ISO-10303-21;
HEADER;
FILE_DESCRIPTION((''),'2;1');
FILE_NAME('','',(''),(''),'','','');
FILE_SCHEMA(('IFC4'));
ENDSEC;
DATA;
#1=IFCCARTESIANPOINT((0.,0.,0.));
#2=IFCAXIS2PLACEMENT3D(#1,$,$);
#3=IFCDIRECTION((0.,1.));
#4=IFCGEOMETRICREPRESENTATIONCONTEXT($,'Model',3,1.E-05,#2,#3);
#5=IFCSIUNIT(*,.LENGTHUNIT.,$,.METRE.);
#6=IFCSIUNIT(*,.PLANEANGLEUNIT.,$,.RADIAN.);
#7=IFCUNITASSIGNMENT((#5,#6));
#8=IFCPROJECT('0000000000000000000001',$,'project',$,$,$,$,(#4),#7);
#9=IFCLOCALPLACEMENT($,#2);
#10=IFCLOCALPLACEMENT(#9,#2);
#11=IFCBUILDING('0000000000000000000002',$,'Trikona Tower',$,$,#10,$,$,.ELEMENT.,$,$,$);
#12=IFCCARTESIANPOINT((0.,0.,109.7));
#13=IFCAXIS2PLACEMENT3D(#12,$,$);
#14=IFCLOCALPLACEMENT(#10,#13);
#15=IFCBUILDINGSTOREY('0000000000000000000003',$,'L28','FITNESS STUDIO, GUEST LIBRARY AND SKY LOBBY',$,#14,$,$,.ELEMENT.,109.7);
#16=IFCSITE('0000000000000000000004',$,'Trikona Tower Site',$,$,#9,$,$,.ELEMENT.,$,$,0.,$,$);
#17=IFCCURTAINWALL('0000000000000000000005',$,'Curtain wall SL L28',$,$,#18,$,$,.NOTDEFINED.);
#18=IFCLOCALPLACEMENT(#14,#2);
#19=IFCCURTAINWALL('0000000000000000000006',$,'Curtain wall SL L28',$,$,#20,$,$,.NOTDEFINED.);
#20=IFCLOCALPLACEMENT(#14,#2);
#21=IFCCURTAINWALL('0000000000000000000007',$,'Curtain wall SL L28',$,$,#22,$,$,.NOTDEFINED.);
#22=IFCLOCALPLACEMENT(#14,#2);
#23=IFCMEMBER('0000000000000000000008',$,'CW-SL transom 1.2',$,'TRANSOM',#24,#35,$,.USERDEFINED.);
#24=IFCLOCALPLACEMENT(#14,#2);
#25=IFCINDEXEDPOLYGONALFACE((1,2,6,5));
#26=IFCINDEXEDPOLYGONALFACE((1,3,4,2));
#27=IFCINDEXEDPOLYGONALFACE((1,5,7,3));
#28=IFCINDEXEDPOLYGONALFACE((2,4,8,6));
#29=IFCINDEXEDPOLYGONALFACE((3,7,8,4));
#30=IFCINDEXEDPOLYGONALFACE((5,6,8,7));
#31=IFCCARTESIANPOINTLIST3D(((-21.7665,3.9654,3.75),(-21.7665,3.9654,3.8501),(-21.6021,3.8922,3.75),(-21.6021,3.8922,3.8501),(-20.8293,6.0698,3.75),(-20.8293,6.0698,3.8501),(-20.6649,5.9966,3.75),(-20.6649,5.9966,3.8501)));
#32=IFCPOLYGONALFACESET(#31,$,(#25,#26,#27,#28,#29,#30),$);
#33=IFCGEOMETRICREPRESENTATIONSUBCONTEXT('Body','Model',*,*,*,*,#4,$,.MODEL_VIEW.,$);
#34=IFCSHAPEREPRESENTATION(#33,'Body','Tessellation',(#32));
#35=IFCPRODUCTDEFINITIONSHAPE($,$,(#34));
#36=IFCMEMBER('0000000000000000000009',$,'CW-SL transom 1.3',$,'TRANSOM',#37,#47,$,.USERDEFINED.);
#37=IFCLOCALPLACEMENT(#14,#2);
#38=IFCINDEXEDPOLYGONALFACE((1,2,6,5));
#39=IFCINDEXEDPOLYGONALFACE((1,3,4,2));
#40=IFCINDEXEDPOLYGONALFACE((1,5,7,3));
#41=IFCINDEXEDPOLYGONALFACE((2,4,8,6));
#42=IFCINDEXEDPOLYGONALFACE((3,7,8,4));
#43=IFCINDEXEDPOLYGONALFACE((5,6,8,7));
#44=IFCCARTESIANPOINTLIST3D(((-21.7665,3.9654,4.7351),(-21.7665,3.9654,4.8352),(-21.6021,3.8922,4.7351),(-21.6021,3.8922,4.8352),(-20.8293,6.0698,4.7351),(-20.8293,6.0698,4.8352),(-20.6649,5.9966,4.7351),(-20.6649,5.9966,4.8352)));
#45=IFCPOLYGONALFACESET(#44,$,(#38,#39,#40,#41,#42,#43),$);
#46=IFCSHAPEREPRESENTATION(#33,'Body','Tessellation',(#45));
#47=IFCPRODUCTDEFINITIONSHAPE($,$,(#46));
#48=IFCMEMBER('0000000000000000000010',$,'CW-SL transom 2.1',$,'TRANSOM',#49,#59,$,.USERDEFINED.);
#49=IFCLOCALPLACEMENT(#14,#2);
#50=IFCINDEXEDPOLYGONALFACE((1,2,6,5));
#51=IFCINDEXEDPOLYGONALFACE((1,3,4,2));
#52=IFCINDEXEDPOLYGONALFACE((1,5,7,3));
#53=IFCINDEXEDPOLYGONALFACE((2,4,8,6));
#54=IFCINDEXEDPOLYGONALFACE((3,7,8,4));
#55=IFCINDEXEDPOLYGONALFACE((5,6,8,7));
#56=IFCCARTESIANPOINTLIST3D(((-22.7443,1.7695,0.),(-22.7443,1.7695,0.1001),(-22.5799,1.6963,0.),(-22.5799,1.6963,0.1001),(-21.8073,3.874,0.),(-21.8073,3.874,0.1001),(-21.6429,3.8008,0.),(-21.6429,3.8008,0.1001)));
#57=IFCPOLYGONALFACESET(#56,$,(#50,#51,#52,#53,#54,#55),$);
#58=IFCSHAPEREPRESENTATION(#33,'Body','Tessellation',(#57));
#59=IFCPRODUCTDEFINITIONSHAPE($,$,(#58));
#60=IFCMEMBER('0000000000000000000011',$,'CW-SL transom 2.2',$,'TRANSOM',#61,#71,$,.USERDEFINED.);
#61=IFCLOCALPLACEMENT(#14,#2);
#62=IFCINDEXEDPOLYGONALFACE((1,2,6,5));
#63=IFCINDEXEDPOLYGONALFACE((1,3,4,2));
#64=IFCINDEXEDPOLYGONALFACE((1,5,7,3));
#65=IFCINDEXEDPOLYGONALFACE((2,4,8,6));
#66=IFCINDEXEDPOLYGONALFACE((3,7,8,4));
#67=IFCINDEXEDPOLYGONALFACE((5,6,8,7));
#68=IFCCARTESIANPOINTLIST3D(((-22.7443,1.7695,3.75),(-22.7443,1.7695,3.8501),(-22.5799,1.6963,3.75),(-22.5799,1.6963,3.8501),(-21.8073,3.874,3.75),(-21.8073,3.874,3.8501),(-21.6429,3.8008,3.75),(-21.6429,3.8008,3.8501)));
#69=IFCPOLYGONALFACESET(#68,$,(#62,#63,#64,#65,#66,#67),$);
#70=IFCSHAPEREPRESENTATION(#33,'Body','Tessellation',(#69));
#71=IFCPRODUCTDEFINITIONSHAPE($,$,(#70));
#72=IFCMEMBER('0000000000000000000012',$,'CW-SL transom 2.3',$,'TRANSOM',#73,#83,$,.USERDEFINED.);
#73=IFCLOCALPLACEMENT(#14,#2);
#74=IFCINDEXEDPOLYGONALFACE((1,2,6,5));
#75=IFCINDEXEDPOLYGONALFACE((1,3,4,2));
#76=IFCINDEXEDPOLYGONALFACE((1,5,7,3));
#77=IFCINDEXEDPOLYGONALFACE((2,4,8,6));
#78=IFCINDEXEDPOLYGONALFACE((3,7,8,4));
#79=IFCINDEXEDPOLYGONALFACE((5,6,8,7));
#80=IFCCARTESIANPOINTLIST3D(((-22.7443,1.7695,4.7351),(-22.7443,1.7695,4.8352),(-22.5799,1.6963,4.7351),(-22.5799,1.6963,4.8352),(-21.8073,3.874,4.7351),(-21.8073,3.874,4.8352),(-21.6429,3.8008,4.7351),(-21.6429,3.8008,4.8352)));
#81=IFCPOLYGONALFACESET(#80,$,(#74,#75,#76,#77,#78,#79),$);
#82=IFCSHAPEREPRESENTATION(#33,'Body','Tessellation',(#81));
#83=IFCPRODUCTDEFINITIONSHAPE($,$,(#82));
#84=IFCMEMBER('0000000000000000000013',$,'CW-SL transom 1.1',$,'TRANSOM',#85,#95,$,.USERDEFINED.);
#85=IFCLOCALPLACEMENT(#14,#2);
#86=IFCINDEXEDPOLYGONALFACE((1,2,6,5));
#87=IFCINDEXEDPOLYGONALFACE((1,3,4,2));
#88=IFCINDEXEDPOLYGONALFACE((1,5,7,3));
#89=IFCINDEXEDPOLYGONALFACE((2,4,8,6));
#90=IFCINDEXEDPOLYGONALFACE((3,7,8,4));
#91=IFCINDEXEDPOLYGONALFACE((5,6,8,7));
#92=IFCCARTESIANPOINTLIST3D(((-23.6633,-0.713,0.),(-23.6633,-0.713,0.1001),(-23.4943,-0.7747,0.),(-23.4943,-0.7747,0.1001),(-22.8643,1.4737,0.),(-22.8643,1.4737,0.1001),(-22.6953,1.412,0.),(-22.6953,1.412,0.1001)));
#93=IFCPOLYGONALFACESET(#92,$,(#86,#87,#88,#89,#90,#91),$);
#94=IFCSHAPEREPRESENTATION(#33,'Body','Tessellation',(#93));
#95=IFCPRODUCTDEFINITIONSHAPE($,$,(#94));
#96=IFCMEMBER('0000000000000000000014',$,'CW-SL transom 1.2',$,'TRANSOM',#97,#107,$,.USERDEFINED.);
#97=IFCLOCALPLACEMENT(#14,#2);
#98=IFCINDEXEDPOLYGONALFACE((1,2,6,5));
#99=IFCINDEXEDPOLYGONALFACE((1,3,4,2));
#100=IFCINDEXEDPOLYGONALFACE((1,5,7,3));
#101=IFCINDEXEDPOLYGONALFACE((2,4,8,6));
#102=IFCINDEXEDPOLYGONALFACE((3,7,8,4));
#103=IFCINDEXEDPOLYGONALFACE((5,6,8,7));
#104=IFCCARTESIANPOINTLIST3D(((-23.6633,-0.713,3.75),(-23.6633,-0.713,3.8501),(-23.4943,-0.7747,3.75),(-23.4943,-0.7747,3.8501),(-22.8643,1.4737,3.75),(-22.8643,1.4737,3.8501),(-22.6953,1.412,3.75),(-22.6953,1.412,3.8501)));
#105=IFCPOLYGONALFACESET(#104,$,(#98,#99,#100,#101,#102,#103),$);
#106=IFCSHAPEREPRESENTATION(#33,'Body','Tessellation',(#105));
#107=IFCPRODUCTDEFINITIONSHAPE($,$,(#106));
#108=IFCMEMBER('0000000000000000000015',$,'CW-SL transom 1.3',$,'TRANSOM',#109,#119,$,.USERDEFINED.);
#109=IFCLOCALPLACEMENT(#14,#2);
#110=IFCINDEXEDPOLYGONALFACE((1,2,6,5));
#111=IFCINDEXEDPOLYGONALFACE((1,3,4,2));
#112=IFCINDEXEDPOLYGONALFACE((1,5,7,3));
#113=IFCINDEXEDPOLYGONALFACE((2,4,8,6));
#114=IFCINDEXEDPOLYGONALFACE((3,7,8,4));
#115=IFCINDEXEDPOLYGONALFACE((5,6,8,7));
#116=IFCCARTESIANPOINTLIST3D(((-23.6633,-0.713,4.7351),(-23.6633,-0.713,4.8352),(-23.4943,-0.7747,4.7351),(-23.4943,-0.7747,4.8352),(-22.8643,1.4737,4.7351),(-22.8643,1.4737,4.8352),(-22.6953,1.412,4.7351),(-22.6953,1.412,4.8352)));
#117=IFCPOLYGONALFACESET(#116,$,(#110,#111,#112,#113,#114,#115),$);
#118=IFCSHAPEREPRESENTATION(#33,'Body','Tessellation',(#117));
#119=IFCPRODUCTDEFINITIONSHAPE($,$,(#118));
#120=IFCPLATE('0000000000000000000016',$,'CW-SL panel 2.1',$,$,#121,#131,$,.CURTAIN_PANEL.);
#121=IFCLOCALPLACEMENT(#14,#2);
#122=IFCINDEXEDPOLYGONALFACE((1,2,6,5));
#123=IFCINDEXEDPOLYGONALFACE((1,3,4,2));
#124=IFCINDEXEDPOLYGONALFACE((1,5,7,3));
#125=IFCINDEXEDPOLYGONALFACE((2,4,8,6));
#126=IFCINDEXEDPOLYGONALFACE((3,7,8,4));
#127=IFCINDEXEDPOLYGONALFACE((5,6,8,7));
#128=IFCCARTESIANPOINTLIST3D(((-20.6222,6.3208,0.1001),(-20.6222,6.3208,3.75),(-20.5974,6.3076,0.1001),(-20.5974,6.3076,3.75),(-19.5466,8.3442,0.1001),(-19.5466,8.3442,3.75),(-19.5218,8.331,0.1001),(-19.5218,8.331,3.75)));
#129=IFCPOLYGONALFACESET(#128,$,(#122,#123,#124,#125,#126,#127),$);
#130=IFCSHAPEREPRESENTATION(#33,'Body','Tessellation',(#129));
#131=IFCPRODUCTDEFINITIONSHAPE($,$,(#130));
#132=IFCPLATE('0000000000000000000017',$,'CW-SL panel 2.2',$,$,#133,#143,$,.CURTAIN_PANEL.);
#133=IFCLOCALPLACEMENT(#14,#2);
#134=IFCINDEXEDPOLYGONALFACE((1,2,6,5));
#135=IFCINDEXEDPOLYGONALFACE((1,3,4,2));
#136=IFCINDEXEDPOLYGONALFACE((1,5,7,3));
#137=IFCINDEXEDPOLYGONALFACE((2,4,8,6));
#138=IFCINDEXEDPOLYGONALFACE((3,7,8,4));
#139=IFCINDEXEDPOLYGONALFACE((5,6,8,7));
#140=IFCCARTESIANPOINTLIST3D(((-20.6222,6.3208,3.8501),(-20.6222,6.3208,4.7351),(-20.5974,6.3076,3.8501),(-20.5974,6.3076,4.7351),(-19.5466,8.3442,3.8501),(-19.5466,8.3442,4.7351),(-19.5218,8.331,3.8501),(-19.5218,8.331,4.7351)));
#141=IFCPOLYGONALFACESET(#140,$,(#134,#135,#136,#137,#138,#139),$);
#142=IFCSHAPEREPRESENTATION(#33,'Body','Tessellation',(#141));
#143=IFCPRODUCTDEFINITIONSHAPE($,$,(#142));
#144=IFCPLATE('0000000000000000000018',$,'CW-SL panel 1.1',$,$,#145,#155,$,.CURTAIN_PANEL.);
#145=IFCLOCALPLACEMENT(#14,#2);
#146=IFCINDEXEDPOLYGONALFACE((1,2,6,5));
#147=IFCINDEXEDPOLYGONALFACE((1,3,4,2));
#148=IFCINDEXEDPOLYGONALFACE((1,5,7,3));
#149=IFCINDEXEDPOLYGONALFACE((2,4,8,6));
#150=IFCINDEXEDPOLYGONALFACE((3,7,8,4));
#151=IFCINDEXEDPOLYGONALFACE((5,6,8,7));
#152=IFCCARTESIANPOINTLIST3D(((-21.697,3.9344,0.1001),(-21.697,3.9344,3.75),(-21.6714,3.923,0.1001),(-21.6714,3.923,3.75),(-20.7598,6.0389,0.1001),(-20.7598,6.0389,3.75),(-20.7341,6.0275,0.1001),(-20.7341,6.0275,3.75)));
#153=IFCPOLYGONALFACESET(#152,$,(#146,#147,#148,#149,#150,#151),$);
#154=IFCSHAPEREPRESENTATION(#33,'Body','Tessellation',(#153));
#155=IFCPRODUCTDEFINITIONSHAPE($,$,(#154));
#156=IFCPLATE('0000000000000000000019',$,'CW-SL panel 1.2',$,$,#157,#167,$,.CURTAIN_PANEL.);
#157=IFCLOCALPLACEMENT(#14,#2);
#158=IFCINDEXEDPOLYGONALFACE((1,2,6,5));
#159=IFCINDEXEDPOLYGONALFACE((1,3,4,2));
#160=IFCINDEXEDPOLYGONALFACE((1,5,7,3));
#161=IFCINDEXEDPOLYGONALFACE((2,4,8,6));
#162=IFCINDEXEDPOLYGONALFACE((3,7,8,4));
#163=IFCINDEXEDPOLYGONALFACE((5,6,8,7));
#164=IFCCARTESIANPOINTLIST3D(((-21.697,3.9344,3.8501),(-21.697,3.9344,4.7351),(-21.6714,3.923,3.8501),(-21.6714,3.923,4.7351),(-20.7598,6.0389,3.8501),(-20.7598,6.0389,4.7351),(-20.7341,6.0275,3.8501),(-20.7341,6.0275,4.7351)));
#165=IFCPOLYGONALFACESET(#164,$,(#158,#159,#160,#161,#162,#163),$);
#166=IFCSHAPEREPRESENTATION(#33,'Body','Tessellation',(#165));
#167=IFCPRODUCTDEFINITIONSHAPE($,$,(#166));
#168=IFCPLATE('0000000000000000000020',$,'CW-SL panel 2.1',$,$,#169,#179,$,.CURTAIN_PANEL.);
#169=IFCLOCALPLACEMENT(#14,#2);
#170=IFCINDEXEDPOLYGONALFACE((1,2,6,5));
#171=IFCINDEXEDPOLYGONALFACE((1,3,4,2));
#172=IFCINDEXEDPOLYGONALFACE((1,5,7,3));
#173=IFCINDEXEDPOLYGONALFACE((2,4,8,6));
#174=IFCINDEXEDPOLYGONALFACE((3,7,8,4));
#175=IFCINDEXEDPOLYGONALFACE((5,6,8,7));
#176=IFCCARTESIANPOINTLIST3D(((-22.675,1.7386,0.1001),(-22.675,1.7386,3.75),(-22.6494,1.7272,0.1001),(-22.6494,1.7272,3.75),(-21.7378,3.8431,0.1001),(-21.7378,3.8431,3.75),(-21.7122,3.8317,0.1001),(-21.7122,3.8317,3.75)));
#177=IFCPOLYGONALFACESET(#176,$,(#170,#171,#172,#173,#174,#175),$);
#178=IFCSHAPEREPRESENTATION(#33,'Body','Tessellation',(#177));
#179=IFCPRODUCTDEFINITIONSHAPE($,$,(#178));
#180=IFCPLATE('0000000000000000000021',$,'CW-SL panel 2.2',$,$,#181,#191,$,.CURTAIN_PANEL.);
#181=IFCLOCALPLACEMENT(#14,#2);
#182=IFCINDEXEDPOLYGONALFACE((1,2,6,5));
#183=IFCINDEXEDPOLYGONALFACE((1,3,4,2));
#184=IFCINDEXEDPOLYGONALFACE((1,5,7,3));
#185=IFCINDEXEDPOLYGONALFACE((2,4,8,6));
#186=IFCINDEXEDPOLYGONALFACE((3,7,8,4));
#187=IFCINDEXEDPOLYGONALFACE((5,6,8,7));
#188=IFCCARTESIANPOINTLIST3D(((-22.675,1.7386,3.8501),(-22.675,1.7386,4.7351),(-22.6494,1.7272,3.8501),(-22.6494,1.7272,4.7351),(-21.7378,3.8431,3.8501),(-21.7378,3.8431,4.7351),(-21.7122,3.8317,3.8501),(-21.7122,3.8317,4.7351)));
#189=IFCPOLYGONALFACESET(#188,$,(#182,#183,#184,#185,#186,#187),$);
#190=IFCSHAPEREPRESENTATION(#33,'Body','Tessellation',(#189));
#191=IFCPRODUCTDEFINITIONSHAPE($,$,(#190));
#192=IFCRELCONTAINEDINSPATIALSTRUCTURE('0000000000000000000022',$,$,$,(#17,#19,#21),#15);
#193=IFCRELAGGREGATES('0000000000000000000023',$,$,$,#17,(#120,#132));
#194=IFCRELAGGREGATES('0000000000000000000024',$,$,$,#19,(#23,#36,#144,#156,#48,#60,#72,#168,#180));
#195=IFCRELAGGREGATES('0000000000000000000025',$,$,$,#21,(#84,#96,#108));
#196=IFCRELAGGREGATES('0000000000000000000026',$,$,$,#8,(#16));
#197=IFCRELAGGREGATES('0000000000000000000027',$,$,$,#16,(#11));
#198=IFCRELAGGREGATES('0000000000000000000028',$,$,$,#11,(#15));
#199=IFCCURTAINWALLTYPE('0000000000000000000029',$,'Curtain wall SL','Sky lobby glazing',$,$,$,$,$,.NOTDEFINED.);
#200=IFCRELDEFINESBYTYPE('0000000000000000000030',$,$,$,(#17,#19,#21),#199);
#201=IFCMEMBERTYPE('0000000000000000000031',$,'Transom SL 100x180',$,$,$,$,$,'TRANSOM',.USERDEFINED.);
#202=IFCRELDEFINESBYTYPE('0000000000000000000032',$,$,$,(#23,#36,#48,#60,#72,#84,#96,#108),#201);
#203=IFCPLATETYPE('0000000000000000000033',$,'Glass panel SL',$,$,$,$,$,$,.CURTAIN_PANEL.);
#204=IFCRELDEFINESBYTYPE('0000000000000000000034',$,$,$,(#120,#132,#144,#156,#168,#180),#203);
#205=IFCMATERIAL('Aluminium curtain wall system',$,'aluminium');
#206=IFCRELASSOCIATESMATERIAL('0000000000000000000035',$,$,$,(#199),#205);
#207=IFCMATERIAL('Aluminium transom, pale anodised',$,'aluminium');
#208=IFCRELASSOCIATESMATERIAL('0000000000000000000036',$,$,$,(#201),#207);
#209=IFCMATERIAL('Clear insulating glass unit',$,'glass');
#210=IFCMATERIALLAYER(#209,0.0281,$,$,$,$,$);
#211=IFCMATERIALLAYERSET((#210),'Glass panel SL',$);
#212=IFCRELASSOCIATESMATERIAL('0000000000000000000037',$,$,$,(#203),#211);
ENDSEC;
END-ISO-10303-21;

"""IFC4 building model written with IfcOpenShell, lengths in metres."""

from ifc_helpers import new_model, si_unit, direction, frame, origin, origin_2d, place, context, subcontext, project, spatial, rectangle, extrude, material, layer, layer_set, material_profile, profile_set, type_object, element, aggregate, save


model = new_model("IFC4")

# Units and contexts
model_context = context("Model", 3, precision=1e-05, world=origin(), true_north=direction((0.0, 1.0)))
body_context = subcontext(model_context, "Body", "Model", "MODEL_VIEW")
ifc_project = project(units=[si_unit("LENGTHUNIT", "METRE"), si_unit("PLANEANGLEUNIT", "RADIAN")], contexts=[model_context])

# Site, building, storey
site_placement = place(None, origin())
site = spatial("IfcSite", under=ifc_project, at=site_placement, Name="Trikona Tower Site", CompositionType="ELEMENT", RefElevation=0.0)
building_placement = place(site_placement, origin())
building = spatial("IfcBuilding", under=site, at=building_placement, Name="Trikona Tower", CompositionType="ELEMENT")
storey_placement = place(building_placement, frame((0.0, 0.0, 109.7)))
storey = spatial("IfcBuildingStorey", under=building, at=storey_placement, Name="L28", Description="FITNESS STUDIO, GUEST LIBRARY AND SKY LOBBY", CompositionType="ELEMENT", Elevation=109.7)

# Curtain walls
ifc_material_1 = material(Name="Aluminium curtain wall system", Category="aluminium")
curtain_wall_type = type_object("IfcCurtainWallType", Name="Curtain wall SL", Description="Sky lobby glazing", PredefinedType="NOTDEFINED", material=ifc_material_1)
curtain_wall_1_placement = place(storey_placement, origin())
curtain_wall_1 = element("IfcCurtainWall", 1, at=curtain_wall_1_placement, inside=storey, type_object=curtain_wall_type, Name="Curtain wall SL L28", PredefinedType="NOTDEFINED")
curtain_wall_2_placement = place(storey_placement, origin())
curtain_wall_2 = element("IfcCurtainWall", 2, at=curtain_wall_2_placement, inside=storey, type_object=curtain_wall_type, Name="Curtain wall SL L28", PredefinedType="NOTDEFINED")

# Curtain wall
curtain_wall_3_placement = place(storey_placement, origin())
curtain_wall_3 = element("IfcCurtainWall", 3, at=curtain_wall_3_placement, inside=storey, type_object=curtain_wall_type, Name="Curtain wall SL L28", PredefinedType="NOTDEFINED")

# Members
ifc_material_2 = material(Name="Aluminium transom, pale anodised", Category="aluminium")
ifc_material_profile_1 = material_profile(ifc_material_2, rectangle(XDim=0.1799, YDim=0.1001, at=origin_2d()), Name="TRN-SL")
ifc_profile_set_1 = profile_set([ifc_material_profile_1], Name="Aluminium transom, pale anodised")
member_type_1 = type_object("IfcMemberType", Name="Transom SL 100x180", ElementType="TRANSOM", PredefinedType="USERDEFINED", material=ifc_profile_set_1)
member_1_placement = place(storey_placement, frame((-20.7471, 6.0332, 3.8), z_axis=(-0.406836, -0.913501, 0.0), x_axis=(0.913501, -0.406836, 0.0)))
member_1 = element("IfcMember", 4, at=member_1_placement, type_object=member_type_1, Name="CW-SL transom 1.2", ObjectType="TRANSOM", PredefinedType="USERDEFINED", context=body_context, shape_type="SweptSolid", body=[
    extrude(rectangle(XDim=0.1799, YDim=0.1001, at=origin_2d()), origin(), (0.0, 0.0, 1.0), 2.3037),
])
member_2_placement = place(storey_placement, frame((-20.7471, 6.0332, 4.7852), z_axis=(-0.406836, -0.913501, 0.0), x_axis=(0.913501, -0.406836, 0.0)))
member_2 = element("IfcMember", 5, at=member_2_placement, type_object=member_type_1, Name="CW-SL transom 1.3", ObjectType="TRANSOM", PredefinedType="USERDEFINED", context=body_context, shape_type="SweptSolid", body=[
    extrude(rectangle(XDim=0.1799, YDim=0.1001, at=origin_2d()), origin(), (0.0, 0.0, 1.0), 2.3037),
])
member_3_placement = place(storey_placement, frame((-21.7251, 3.8374, 0.05), z_axis=(-0.406748, -0.91354, 0.0), x_axis=(0.91354, -0.406748, 0.0)))
member_3 = element("IfcMember", 6, at=member_3_placement, type_object=member_type_1, Name="CW-SL transom 2.1", ObjectType="TRANSOM", PredefinedType="USERDEFINED", context=body_context, shape_type="SweptSolid", body=[
    extrude(rectangle(XDim=0.1799, YDim=0.1001, at=origin_2d()), origin(), (0.0, 0.0, 1.0), 2.3037),
])
member_4_placement = place(storey_placement, frame((-21.7251, 3.8374, 3.8), z_axis=(-0.406748, -0.91354, 0.0), x_axis=(0.91354, -0.406748, 0.0)))
member_4 = element("IfcMember", 7, at=member_4_placement, type_object=member_type_1, Name="CW-SL transom 2.2", ObjectType="TRANSOM", PredefinedType="USERDEFINED", context=body_context, shape_type="SweptSolid", body=[
    extrude(rectangle(XDim=0.1799, YDim=0.1001, at=origin_2d()), origin(), (0.0, 0.0, 1.0), 2.3037),
])
member_5_placement = place(storey_placement, frame((-21.7251, 3.8374, 4.7852), z_axis=(-0.406748, -0.91354, 0.0), x_axis=(0.91354, -0.406748, 0.0)))
member_5 = element("IfcMember", 8, at=member_5_placement, type_object=member_type_1, Name="CW-SL transom 2.3", ObjectType="TRANSOM", PredefinedType="USERDEFINED", context=body_context, shape_type="SweptSolid", body=[
    extrude(rectangle(XDim=0.1799, YDim=0.1001, at=origin_2d()), origin(), (0.0, 0.0, 1.0), 2.3037),
])
member_6_placement = place(storey_placement, frame((-22.7798, 1.4429, 0.05), z_axis=(-0.343216, -0.939256, 0.0), x_axis=(0.939256, -0.343216, 0.0)))
member_6 = element("IfcMember", 9, at=member_6_placement, type_object=member_type_1, Name="CW-SL transom 1.1", ObjectType="TRANSOM", PredefinedType="USERDEFINED", context=body_context, shape_type="SweptSolid", body=[
    extrude(rectangle(XDim=0.1799, YDim=0.1001, at=origin_2d()), origin(), (0.0, 0.0, 1.0), 2.3281),
])
member_7_placement = place(storey_placement, frame((-22.7798, 1.4429, 3.8), z_axis=(-0.343216, -0.939256, 0.0), x_axis=(0.939256, -0.343216, 0.0)))
member_7 = element("IfcMember", 10, at=member_7_placement, type_object=member_type_1, Name="CW-SL transom 1.2", ObjectType="TRANSOM", PredefinedType="USERDEFINED", context=body_context, shape_type="SweptSolid", body=[
    extrude(rectangle(XDim=0.1799, YDim=0.1001, at=origin_2d()), origin(), (0.0, 0.0, 1.0), 2.3281),
])
member_8_placement = place(storey_placement, frame((-22.7798, 1.4429, 4.7852), z_axis=(-0.343216, -0.939256, 0.0), x_axis=(0.939256, -0.343216, 0.0)))
member_8 = element("IfcMember", 11, at=member_8_placement, type_object=member_type_1, Name="CW-SL transom 1.3", ObjectType="TRANSOM", PredefinedType="USERDEFINED", context=body_context, shape_type="SweptSolid", body=[
    extrude(rectangle(XDim=0.1799, YDim=0.1001, at=origin_2d()), origin(), (0.0, 0.0, 1.0), 2.3281),
])

# Plates
ifc_material_3 = material(Name="Clear insulating glass unit", Category="glass")
ifc_layer_1 = layer(ifc_material_3, 0.0281)
ifc_layer_set_1 = layer_set([ifc_layer_1], Name="Glass panel SL")
plate_type = type_object("IfcPlateType", Name="Glass panel SL", PredefinedType="CURTAIN_PANEL", material=ifc_layer_set_1)
plate_1_placement = place(storey_placement, frame((-20.072, 7.3259, 0.1001), z_axis=(0.0, 0.0, 1.0), x_axis=(-0.46938, -0.882996, 0.0)))
plate_1 = element("IfcPlate", 12, at=plate_1_placement, type_object=plate_type, Name="CW-SL panel 2.1", PredefinedType="CURTAIN_PANEL", context=body_context, shape_type="SweptSolid", body=[
    extrude(rectangle(XDim=2.2915, YDim=0.0281, at=origin_2d()), origin(), (0.0, 0.0, 1.0), 3.6499),
])
plate_2_placement = place(storey_placement, frame((-20.072, 7.3259, 3.8501), z_axis=(0.0, 0.0, 1.0), x_axis=(-0.46938, -0.882996, 0.0)))
plate_2 = element("IfcPlate", 13, at=plate_2_placement, type_object=plate_type, Name="CW-SL panel 2.2", PredefinedType="CURTAIN_PANEL", context=body_context, shape_type="SweptSolid", body=[
    extrude(rectangle(XDim=2.2915, YDim=0.0281, at=origin_2d()), origin(), (0.0, 0.0, 1.0), 0.885),
])
aggregate(curtain_wall_1, [plate_1, plate_2])
plate_3_placement = place(storey_placement, frame((-21.2156, 4.981, 0.1001), z_axis=(0.0, 0.0, 1.0), x_axis=(-0.406828, -0.913505, 0.0)))
plate_3 = element("IfcPlate", 14, at=plate_3_placement, type_object=plate_type, Name="CW-SL panel 1.1", PredefinedType="CURTAIN_PANEL", context=body_context, shape_type="SweptSolid", body=[
    extrude(rectangle(XDim=2.3037, YDim=0.0281, at=origin_2d()), origin(), (0.0, 0.0, 1.0), 3.6499),
])
plate_4_placement = place(storey_placement, frame((-21.2156, 4.981, 3.8501), z_axis=(0.0, 0.0, 1.0), x_axis=(-0.406828, -0.913505, 0.0)))
plate_4 = element("IfcPlate", 15, at=plate_4_placement, type_object=plate_type, Name="CW-SL panel 1.2", PredefinedType="CURTAIN_PANEL", context=body_context, shape_type="SweptSolid", body=[
    extrude(rectangle(XDim=2.3037, YDim=0.0281, at=origin_2d()), origin(), (0.0, 0.0, 1.0), 0.885),
])
plate_5_placement = place(storey_placement, frame((-22.1936, 2.7852, 0.1001), z_axis=(0.0, 0.0, 1.0), x_axis=(-0.406828, -0.913505, 0.0)))
plate_5 = element("IfcPlate", 16, at=plate_5_placement, type_object=plate_type, Name="CW-SL panel 2.1", PredefinedType="CURTAIN_PANEL", context=body_context, shape_type="SweptSolid", body=[
    extrude(rectangle(XDim=2.3037, YDim=0.0281, at=origin_2d()), origin(), (0.0, 0.0, 1.0), 3.6499),
])
plate_6_placement = place(storey_placement, frame((-22.1936, 2.7852, 3.8501), z_axis=(0.0, 0.0, 1.0), x_axis=(-0.406828, -0.913505, 0.0)))
plate_6 = element("IfcPlate", 17, at=plate_6_placement, type_object=plate_type, Name="CW-SL panel 2.2", PredefinedType="CURTAIN_PANEL", context=body_context, shape_type="SweptSolid", body=[
    extrude(rectangle(XDim=2.3037, YDim=0.0281, at=origin_2d()), origin(), (0.0, 0.0, 1.0), 0.885),
])
aggregate(curtain_wall_2, [member_1, member_2, plate_3, plate_4, member_3, member_4, member_5, plate_5, plate_6])
aggregate(curtain_wall_3, [member_6, member_7, member_8])

save(model, "model.ifc")
